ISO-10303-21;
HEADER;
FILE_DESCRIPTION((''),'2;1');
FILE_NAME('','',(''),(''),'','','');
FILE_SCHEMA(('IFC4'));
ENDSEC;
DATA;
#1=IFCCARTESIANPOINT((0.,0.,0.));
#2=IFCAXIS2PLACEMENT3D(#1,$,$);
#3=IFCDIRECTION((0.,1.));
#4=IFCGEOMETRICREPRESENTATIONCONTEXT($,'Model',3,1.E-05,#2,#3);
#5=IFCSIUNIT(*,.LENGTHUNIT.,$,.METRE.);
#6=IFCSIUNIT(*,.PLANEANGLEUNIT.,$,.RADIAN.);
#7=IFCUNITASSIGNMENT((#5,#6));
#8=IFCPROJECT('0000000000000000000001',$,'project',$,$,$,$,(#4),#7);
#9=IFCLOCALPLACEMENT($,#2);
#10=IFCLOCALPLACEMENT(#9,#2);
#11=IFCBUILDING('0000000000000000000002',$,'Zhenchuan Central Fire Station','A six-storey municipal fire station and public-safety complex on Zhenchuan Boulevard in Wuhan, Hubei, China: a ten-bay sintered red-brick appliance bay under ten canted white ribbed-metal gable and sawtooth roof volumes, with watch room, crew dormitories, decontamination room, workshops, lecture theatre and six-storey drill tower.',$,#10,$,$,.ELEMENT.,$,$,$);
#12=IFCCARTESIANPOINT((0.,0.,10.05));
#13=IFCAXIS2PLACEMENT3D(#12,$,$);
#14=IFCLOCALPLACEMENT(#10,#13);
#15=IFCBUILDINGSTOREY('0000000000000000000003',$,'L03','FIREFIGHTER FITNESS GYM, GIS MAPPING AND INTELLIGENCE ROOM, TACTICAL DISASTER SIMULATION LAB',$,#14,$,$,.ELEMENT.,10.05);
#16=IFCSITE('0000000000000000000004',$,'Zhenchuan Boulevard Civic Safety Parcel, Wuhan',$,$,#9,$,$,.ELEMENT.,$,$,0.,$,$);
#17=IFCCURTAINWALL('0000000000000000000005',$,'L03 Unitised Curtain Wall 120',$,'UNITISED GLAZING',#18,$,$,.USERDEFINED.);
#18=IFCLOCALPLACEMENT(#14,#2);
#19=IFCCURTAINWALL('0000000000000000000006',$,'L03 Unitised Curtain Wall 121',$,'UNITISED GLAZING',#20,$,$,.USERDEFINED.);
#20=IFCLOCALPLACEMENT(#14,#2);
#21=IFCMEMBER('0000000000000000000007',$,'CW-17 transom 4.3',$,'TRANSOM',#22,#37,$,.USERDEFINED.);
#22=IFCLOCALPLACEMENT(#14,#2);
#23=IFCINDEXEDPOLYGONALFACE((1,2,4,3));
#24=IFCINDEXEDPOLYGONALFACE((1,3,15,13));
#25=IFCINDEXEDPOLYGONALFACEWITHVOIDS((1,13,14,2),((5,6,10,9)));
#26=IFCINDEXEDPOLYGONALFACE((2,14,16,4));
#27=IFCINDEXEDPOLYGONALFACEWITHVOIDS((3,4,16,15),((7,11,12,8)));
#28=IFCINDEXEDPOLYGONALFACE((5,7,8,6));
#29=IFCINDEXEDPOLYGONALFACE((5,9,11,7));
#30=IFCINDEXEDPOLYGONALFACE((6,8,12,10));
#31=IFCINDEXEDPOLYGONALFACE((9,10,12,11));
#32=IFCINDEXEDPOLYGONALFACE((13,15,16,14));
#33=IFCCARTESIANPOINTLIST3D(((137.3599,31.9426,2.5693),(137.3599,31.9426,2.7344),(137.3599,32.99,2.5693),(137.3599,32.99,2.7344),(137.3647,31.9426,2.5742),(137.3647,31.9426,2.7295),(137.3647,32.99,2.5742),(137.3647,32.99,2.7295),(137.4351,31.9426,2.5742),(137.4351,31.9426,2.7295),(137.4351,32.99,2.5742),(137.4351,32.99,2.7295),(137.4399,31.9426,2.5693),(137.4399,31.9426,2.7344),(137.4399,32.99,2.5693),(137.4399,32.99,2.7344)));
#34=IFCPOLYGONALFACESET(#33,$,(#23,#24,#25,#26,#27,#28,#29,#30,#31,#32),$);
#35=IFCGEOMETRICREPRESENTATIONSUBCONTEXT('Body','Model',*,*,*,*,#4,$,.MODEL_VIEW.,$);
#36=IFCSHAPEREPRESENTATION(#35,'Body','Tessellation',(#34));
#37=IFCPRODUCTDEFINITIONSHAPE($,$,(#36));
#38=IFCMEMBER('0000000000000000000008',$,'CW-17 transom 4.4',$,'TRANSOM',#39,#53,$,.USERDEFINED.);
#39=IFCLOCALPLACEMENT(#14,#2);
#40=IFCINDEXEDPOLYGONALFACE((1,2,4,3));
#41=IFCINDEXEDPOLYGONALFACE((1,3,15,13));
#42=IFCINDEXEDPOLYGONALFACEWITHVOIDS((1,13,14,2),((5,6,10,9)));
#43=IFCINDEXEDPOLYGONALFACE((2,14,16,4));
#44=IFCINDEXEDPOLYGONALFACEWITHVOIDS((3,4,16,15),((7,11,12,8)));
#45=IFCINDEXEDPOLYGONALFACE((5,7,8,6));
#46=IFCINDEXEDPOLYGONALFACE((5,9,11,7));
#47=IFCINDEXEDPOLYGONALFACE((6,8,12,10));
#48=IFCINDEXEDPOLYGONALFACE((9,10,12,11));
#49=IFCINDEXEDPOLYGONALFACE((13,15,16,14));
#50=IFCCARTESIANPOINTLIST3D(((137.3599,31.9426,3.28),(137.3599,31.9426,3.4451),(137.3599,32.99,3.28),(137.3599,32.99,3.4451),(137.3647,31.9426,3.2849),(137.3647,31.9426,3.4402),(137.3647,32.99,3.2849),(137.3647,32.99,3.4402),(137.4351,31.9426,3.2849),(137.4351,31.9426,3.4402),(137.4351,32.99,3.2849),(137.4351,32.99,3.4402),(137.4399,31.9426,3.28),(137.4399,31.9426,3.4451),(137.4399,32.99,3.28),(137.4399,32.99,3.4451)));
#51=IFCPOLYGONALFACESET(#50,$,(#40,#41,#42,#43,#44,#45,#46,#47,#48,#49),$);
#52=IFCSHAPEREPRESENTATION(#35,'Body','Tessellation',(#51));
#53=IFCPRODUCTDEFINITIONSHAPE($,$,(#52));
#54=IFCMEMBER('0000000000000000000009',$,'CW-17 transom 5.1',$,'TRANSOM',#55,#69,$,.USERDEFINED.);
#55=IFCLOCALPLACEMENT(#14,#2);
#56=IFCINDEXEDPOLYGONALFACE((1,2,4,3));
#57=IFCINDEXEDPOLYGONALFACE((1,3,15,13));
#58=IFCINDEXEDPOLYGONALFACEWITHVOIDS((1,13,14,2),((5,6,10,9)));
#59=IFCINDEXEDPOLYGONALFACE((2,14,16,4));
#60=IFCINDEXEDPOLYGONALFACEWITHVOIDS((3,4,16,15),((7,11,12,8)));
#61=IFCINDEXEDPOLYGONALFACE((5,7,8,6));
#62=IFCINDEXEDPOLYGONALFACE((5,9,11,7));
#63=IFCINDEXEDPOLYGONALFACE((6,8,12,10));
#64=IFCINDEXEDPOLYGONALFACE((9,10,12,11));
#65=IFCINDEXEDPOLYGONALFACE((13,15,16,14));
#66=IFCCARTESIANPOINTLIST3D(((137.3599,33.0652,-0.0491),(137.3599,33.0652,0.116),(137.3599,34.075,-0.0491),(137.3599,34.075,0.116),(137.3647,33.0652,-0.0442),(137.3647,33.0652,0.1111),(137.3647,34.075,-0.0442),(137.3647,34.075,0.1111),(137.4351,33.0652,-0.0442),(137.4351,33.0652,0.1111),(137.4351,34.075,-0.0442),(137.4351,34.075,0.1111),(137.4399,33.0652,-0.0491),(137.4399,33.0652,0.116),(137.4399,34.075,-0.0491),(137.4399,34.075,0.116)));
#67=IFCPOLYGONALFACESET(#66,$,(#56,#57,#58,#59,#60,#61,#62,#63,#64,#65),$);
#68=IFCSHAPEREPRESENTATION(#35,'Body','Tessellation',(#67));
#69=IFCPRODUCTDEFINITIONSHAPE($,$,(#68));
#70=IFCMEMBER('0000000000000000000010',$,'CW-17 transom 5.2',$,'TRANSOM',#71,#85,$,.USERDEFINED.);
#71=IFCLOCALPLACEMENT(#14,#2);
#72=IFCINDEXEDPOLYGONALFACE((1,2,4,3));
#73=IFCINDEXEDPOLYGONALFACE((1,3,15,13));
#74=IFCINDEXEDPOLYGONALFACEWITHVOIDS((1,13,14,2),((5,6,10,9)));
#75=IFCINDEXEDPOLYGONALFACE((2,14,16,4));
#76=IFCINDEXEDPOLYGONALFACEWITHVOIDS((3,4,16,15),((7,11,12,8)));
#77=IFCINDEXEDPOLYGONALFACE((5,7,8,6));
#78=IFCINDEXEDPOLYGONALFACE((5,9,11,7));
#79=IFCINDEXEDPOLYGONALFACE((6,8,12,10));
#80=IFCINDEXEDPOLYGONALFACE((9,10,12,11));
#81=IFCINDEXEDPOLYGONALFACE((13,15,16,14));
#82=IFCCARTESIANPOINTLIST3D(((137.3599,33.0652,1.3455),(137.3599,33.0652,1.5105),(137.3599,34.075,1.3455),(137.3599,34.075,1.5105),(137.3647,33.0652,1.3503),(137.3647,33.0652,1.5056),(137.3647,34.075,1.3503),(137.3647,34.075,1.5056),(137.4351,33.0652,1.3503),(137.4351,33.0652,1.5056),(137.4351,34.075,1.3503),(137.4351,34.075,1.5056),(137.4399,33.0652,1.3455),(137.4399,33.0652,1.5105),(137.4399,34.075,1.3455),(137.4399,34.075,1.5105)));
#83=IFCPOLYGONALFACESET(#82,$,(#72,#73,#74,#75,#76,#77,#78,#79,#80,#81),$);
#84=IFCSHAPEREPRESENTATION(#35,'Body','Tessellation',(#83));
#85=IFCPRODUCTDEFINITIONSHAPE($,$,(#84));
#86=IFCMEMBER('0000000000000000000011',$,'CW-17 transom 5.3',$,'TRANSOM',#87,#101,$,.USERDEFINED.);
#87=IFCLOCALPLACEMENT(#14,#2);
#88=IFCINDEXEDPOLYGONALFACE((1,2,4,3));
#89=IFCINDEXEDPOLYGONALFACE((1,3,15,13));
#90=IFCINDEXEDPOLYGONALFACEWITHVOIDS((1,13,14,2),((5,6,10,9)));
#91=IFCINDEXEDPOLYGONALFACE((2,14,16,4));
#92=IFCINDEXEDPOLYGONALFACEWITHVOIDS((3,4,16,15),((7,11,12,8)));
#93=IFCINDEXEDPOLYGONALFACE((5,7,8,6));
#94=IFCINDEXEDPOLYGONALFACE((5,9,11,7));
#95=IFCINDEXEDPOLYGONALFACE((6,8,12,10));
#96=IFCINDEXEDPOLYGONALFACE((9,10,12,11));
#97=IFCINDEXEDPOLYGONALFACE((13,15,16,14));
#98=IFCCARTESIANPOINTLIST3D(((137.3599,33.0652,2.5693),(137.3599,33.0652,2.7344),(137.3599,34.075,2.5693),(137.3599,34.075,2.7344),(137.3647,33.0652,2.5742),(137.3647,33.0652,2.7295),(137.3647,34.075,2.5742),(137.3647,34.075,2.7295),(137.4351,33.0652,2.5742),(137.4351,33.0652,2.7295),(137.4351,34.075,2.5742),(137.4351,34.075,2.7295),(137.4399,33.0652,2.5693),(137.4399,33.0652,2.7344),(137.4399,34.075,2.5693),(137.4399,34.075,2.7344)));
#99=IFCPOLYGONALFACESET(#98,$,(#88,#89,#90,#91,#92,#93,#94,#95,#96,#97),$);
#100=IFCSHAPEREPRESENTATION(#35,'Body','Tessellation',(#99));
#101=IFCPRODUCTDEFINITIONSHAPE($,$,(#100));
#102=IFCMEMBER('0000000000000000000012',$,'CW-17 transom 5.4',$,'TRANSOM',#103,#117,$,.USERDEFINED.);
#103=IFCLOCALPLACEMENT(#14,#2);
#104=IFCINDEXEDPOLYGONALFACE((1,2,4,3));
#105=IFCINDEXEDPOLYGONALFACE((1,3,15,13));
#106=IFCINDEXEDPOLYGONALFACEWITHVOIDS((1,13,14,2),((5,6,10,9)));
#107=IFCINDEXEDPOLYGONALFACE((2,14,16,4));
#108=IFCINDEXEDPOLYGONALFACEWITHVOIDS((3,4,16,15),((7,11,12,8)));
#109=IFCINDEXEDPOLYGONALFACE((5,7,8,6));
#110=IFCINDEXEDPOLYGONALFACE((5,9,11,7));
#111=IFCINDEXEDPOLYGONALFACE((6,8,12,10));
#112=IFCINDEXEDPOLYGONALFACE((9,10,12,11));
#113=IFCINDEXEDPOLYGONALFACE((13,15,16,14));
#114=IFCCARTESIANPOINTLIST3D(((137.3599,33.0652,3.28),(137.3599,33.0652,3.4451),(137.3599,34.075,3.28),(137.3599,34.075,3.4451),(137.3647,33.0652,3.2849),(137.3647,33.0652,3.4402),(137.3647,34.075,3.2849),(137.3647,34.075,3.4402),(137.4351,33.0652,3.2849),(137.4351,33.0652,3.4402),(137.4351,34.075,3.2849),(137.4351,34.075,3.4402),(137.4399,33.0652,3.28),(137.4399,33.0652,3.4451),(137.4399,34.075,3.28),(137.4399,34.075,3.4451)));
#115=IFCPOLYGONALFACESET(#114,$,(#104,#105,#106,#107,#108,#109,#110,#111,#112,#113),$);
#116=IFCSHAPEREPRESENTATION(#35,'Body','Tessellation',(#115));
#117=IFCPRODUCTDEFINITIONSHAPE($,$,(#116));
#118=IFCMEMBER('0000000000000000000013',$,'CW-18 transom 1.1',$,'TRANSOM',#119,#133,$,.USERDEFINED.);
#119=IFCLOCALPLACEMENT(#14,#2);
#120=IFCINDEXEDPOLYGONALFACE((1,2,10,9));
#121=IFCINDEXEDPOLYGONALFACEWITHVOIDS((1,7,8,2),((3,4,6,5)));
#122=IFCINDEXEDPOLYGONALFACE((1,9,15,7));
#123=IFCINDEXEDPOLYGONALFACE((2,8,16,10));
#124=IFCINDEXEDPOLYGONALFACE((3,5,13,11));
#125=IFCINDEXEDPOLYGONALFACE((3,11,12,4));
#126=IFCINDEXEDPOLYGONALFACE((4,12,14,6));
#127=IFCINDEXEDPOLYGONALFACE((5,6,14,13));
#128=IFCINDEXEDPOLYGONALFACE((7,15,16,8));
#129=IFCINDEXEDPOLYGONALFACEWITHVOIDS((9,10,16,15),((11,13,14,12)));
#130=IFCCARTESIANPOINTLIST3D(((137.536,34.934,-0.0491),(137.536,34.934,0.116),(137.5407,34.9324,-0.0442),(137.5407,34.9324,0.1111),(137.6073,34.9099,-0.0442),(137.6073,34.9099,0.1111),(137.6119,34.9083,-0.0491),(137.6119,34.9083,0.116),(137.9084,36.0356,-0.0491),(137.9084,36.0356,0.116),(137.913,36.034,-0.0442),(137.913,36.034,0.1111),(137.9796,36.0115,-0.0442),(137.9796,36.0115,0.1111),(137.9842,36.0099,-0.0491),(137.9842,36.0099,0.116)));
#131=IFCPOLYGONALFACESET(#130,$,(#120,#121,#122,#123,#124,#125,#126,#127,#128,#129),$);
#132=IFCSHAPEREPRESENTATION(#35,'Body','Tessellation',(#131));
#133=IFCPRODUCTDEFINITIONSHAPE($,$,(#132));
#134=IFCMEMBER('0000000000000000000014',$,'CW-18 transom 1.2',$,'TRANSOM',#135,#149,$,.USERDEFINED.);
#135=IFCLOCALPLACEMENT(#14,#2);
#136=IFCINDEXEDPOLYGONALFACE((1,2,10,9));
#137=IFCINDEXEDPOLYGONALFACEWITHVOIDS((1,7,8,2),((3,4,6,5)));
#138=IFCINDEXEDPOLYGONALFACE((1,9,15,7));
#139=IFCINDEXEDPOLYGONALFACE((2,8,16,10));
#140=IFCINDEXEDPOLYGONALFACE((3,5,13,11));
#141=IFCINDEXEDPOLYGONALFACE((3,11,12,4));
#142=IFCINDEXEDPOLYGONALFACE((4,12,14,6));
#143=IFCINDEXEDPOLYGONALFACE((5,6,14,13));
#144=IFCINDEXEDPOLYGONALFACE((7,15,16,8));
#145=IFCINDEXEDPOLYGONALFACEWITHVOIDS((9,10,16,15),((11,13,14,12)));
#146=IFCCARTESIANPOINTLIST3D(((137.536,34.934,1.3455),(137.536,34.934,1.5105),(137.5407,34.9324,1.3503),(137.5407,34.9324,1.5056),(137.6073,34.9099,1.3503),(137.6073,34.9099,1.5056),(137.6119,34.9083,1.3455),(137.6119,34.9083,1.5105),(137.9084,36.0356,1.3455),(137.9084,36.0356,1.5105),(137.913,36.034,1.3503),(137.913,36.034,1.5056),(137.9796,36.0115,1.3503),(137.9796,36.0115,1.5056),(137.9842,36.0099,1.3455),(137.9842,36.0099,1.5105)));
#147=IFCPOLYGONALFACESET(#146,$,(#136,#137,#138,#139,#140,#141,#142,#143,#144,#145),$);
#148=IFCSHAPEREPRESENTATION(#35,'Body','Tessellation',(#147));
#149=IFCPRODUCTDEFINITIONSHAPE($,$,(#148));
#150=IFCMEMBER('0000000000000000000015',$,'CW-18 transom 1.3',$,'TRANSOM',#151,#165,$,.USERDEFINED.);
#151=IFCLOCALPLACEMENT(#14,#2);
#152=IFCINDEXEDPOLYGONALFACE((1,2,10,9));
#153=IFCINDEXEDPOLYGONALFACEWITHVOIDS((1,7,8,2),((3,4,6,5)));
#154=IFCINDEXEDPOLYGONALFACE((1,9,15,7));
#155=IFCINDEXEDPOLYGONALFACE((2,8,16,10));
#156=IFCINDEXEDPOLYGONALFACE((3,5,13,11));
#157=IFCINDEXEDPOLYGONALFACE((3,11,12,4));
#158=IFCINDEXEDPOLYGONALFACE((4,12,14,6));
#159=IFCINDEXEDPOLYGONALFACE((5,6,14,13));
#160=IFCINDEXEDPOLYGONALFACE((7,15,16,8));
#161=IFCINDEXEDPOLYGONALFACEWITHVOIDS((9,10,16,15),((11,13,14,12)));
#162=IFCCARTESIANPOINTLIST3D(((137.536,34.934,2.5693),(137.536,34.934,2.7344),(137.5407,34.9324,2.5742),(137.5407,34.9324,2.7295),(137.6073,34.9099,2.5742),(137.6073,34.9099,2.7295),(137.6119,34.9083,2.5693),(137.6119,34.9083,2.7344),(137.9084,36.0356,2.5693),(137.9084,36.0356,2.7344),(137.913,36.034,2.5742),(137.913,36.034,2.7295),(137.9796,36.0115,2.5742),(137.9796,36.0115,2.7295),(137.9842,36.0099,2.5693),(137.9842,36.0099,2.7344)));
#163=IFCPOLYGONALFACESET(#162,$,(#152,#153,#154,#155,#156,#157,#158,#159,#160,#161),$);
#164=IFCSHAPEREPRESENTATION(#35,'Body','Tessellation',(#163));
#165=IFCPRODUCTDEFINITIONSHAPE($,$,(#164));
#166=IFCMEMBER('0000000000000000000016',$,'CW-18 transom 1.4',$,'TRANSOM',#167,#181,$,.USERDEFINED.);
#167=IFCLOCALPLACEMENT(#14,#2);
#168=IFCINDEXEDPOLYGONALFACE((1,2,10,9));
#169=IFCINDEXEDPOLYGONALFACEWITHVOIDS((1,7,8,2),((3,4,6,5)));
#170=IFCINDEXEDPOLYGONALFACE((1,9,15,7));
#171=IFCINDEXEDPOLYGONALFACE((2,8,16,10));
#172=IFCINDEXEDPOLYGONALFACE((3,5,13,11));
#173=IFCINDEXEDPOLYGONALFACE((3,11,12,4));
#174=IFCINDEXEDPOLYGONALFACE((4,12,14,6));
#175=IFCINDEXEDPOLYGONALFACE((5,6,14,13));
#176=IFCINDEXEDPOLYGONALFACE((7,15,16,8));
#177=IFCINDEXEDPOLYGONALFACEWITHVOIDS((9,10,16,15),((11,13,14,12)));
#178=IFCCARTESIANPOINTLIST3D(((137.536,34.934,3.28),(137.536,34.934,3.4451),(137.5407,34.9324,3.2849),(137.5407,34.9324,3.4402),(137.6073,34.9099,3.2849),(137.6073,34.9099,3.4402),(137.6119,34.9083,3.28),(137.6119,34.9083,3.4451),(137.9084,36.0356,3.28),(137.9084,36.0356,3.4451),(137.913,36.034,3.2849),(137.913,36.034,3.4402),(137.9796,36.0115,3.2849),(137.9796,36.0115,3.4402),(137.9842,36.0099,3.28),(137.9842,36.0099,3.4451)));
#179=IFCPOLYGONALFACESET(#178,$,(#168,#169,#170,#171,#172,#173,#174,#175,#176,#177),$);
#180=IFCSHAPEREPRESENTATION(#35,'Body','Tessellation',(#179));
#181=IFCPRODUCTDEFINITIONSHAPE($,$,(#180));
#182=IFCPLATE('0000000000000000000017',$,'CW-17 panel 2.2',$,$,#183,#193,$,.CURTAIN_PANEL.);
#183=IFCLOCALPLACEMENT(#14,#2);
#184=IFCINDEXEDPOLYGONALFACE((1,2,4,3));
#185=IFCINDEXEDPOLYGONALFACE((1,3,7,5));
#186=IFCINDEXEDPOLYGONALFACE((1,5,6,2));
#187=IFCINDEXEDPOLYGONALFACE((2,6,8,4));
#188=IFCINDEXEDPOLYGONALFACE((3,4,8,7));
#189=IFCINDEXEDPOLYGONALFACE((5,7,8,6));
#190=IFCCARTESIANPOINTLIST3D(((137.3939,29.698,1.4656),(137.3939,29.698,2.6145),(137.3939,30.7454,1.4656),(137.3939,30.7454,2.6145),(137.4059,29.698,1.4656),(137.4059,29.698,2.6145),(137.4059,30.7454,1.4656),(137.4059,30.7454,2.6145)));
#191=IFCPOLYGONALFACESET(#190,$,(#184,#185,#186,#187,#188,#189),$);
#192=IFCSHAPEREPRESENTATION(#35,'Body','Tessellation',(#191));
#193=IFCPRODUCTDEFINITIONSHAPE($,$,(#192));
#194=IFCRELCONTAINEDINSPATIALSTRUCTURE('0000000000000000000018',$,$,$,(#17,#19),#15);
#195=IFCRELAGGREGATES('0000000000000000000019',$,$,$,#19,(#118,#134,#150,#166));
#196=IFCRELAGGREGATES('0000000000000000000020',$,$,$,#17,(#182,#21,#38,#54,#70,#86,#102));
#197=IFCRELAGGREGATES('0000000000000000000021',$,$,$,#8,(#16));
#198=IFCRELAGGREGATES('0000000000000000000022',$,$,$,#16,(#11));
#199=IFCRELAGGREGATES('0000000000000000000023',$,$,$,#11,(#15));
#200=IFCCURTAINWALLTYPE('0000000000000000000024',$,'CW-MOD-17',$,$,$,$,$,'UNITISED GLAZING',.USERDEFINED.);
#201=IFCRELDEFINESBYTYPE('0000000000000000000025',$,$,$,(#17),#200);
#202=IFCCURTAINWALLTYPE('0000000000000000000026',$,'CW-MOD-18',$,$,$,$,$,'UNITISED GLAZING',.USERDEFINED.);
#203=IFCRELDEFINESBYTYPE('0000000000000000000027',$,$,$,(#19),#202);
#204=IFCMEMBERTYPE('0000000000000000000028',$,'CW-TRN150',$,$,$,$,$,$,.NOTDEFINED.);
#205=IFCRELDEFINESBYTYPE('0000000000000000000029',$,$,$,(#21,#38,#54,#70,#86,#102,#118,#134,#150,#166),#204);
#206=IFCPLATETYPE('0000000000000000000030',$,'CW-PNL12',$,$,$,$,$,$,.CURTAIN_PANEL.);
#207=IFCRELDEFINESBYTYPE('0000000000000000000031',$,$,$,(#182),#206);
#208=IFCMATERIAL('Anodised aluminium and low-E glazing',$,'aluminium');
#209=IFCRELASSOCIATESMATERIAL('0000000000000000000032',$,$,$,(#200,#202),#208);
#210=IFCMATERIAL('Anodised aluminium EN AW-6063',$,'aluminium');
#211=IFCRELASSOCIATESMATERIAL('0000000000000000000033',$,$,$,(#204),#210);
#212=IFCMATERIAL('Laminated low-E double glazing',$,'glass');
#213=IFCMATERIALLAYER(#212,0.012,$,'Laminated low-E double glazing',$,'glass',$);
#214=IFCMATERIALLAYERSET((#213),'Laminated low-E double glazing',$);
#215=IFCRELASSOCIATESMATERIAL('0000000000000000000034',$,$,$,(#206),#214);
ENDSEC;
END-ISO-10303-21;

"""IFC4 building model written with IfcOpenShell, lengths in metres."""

from ifc_helpers import new_model, si_unit, direction, frame, origin, origin_2d, place, context, subcontext, project, spatial, rectangle, hollow_rectangle, extrude, material, layer, layer_set, material_profile, profile_set, type_object, element, aggregate, save


model = new_model("IFC4")

# Units and contexts
model_context = context("Model", 3, precision=1e-05, world=origin(), true_north=direction((0.0, 1.0)))
body_context = subcontext(model_context, "Body", "Model", "MODEL_VIEW")
ifc_project = project(units=[si_unit("LENGTHUNIT", "METRE"), si_unit("PLANEANGLEUNIT", "RADIAN")], contexts=[model_context])

# Site, building, storey
site_placement = place(None, origin())
site = spatial("IfcSite", under=ifc_project, at=site_placement, Name="Zhenchuan Boulevard Civic Safety Parcel, Wuhan", CompositionType="ELEMENT", RefElevation=0.0)
building_placement = place(site_placement, origin())
building = spatial("IfcBuilding", under=site, at=building_placement, Name="Zhenchuan Central Fire Station", Description="A six-storey municipal fire station and public-safety complex on Zhenchuan Boulevard in Wuhan, Hubei, China: a ten-bay sintered red-brick appliance bay under ten canted white ribbed-metal gable and sawtooth roof volumes, with watch room, crew dormitories, decontamination room, workshops, lecture theatre and six-storey drill tower.", CompositionType="ELEMENT")
storey_placement = place(building_placement, frame((0.0, 0.0, 10.05)))
storey = spatial("IfcBuildingStorey", under=building, at=storey_placement, Name="L03", Description="FIREFIGHTER FITNESS GYM, GIS MAPPING AND INTELLIGENCE ROOM, TACTICAL DISASTER SIMULATION LAB", CompositionType="ELEMENT", Elevation=10.05)

# Curtain wall
ifc_material_1 = material(Name="Anodised aluminium and low-E glazing", Category="aluminium")
curtain_wall_type_1 = type_object("IfcCurtainWallType", Name="CW-MOD-17", ElementType="UNITISED GLAZING", PredefinedType="USERDEFINED", material=ifc_material_1)
curtain_wall_1_placement = place(storey_placement, origin())
curtain_wall_1 = element("IfcCurtainWall", 1, at=curtain_wall_1_placement, inside=storey, type_object=curtain_wall_type_1, Name="L03 Unitised Curtain Wall 120", ObjectType="UNITISED GLAZING", PredefinedType="USERDEFINED")
ifc_material_2 = material(Name="Anodised aluminium EN AW-6063", Category="aluminium")

# Curtain wall
curtain_wall_type_2 = type_object("IfcCurtainWallType", Name="CW-MOD-18", ElementType="UNITISED GLAZING", PredefinedType="USERDEFINED", material=ifc_material_1)
curtain_wall_2_placement = place(storey_placement, origin())
curtain_wall_2 = element("IfcCurtainWall", 2, at=curtain_wall_2_placement, inside=storey, type_object=curtain_wall_type_2, Name="L03 Unitised Curtain Wall 121", ObjectType="UNITISED GLAZING", PredefinedType="USERDEFINED")

# Members
ifc_material_profile_1 = material_profile(ifc_material_2, hollow_rectangle(XDim=0.0801, YDim=0.165, WallThickness=0.0049, at=origin_2d()), Name="ALU-T 165x80")
ifc_profile_set_1 = profile_set([ifc_material_profile_1], Name="Anodised aluminium EN AW-6063")
member_type_1 = type_object("IfcMemberType", Name="CW-TRN150", PredefinedType="NOTDEFINED", material=ifc_profile_set_1)
member_1_placement = place(storey_placement, frame((137.3999, 31.9426, 2.6519), z_axis=(0.0, 1.0, 0.0), x_axis=(-1.0, 0.0, 0.0)))
member_1 = element("IfcMember", 3, at=member_1_placement, type_object=member_type_1, Name="CW-17 transom 4.3", ObjectType="TRANSOM", PredefinedType="USERDEFINED", context=body_context, shape_type="SweptSolid", body=[
    extrude(hollow_rectangle(XDim=0.0801, YDim=0.165, WallThickness=0.0049, at=origin_2d()), origin(), (0.0, 0.0, 1.0), 1.0474),
])
member_2_placement = place(storey_placement, frame((137.3999, 31.9426, 3.3625), z_axis=(0.0, 1.0, 0.0), x_axis=(-1.0, 0.0, 0.0)))
member_2 = element("IfcMember", 4, at=member_2_placement, type_object=member_type_1, Name="CW-17 transom 4.4", ObjectType="TRANSOM", PredefinedType="USERDEFINED", context=body_context, shape_type="SweptSolid", body=[
    extrude(hollow_rectangle(XDim=0.0801, YDim=0.165, WallThickness=0.0049, at=origin_2d()), origin(), (0.0, 0.0, 1.0), 1.0474),
])
member_3_placement = place(storey_placement, frame((137.3999, 33.0652, 0.0334), z_axis=(0.0, 1.0, 0.0), x_axis=(-1.0, 0.0, 0.0)))
member_3 = element("IfcMember", 5, at=member_3_placement, type_object=member_type_1, Name="CW-17 transom 5.1", ObjectType="TRANSOM", PredefinedType="USERDEFINED", context=body_context, shape_type="SweptSolid", body=[
    extrude(hollow_rectangle(XDim=0.0801, YDim=0.165, WallThickness=0.0049, at=origin_2d()), origin(), (0.0, 0.0, 1.0), 1.0098),
])
member_4_placement = place(storey_placement, frame((137.3999, 33.0652, 1.428), z_axis=(0.0, 1.0, 0.0), x_axis=(-1.0, 0.0, 0.0)))
member_4 = element("IfcMember", 6, at=member_4_placement, type_object=member_type_1, Name="CW-17 transom 5.2", ObjectType="TRANSOM", PredefinedType="USERDEFINED", context=body_context, shape_type="SweptSolid", body=[
    extrude(hollow_rectangle(XDim=0.0801, YDim=0.165, WallThickness=0.0049, at=origin_2d()), origin(), (0.0, 0.0, 1.0), 1.0098),
])
member_5_placement = place(storey_placement, frame((137.3999, 33.0652, 2.6519), z_axis=(0.0, 1.0, 0.0), x_axis=(-1.0, 0.0, 0.0)))
member_5 = element("IfcMember", 7, at=member_5_placement, type_object=member_type_1, Name="CW-17 transom 5.3", ObjectType="TRANSOM", PredefinedType="USERDEFINED", context=body_context, shape_type="SweptSolid", body=[
    extrude(hollow_rectangle(XDim=0.0801, YDim=0.165, WallThickness=0.0049, at=origin_2d()), origin(), (0.0, 0.0, 1.0), 1.0098),
])
member_6_placement = place(storey_placement, frame((137.3999, 33.0652, 3.3625), z_axis=(0.0, 1.0, 0.0), x_axis=(-1.0, 0.0, 0.0)))
member_6 = element("IfcMember", 8, at=member_6_placement, type_object=member_type_1, Name="CW-17 transom 5.4", ObjectType="TRANSOM", PredefinedType="USERDEFINED", context=body_context, shape_type="SweptSolid", body=[
    extrude(hollow_rectangle(XDim=0.0801, YDim=0.165, WallThickness=0.0049, at=origin_2d()), origin(), (0.0, 0.0, 1.0), 1.0098),
])
member_7_placement = place(storey_placement, frame((137.574, 34.9211, 0.0334), z_axis=(0.320193, 0.947352, 0.0), x_axis=(-0.947352, 0.320193, 0.0)))
member_7 = element("IfcMember", 9, at=member_7_placement, type_object=member_type_1, Name="CW-18 transom 1.1", ObjectType="TRANSOM", PredefinedType="USERDEFINED", context=body_context, shape_type="SweptSolid", body=[
    extrude(hollow_rectangle(XDim=0.0801, YDim=0.165, WallThickness=0.0049, at=origin_2d()), origin(), (0.0, 0.0, 1.0), 1.1628),
])
member_8_placement = place(storey_placement, frame((137.574, 34.9211, 1.428), z_axis=(0.320193, 0.947352, 0.0), x_axis=(-0.947352, 0.320193, 0.0)))
member_8 = element("IfcMember", 10, at=member_8_placement, type_object=member_type_1, Name="CW-18 transom 1.2", ObjectType="TRANSOM", PredefinedType="USERDEFINED", context=body_context, shape_type="SweptSolid", body=[
    extrude(hollow_rectangle(XDim=0.0801, YDim=0.165, WallThickness=0.0049, at=origin_2d()), origin(), (0.0, 0.0, 1.0), 1.1628),
])
member_9_placement = place(storey_placement, frame((137.574, 34.9211, 2.6519), z_axis=(0.320193, 0.947352, 0.0), x_axis=(-0.947352, 0.320193, 0.0)))
member_9 = element("IfcMember", 11, at=member_9_placement, type_object=member_type_1, Name="CW-18 transom 1.3", ObjectType="TRANSOM", PredefinedType="USERDEFINED", context=body_context, shape_type="SweptSolid", body=[
    extrude(hollow_rectangle(XDim=0.0801, YDim=0.165, WallThickness=0.0049, at=origin_2d()), origin(), (0.0, 0.0, 1.0), 1.1628),
])
member_10_placement = place(storey_placement, frame((137.574, 34.9211, 3.3625), z_axis=(0.320193, 0.947352, 0.0), x_axis=(-0.947352, 0.320193, 0.0)))
member_10 = element("IfcMember", 12, at=member_10_placement, type_object=member_type_1, Name="CW-18 transom 1.4", ObjectType="TRANSOM", PredefinedType="USERDEFINED", context=body_context, shape_type="SweptSolid", body=[
    extrude(hollow_rectangle(XDim=0.0801, YDim=0.165, WallThickness=0.0049, at=origin_2d()), origin(), (0.0, 0.0, 1.0), 1.1628),
])
aggregate(curtain_wall_2, [member_7, member_8, member_9, member_10])

# Plate
ifc_material_3 = material(Name="Laminated low-E double glazing", Category="glass")
ifc_layer_1 = layer(ifc_material_3, 0.012, Name="Laminated low-E double glazing", Category="glass")
ifc_layer_set_1 = layer_set([ifc_layer_1], Name="Laminated low-E double glazing")
plate_type = type_object("IfcPlateType", Name="CW-PNL12", PredefinedType="CURTAIN_PANEL", material=ifc_layer_set_1)
plate_1_placement = place(storey_placement, frame((137.3999, 30.2217, 1.4656), z_axis=(0.0, 0.0, 1.0), x_axis=(0.0, 1.0, 0.0)))
plate_1 = element("IfcPlate", 13, at=plate_1_placement, type_object=plate_type, Name="CW-17 panel 2.2", PredefinedType="CURTAIN_PANEL", context=body_context, shape_type="SweptSolid", body=[
    extrude(rectangle(XDim=1.0474, YDim=0.012, at=origin_2d()), origin(), (0.0, 0.0, 1.0), 1.1489),
])
aggregate(curtain_wall_1, [plate_1, member_1, member_2, member_3, member_4, member_5, member_6])

save(model, "model.ifc")
